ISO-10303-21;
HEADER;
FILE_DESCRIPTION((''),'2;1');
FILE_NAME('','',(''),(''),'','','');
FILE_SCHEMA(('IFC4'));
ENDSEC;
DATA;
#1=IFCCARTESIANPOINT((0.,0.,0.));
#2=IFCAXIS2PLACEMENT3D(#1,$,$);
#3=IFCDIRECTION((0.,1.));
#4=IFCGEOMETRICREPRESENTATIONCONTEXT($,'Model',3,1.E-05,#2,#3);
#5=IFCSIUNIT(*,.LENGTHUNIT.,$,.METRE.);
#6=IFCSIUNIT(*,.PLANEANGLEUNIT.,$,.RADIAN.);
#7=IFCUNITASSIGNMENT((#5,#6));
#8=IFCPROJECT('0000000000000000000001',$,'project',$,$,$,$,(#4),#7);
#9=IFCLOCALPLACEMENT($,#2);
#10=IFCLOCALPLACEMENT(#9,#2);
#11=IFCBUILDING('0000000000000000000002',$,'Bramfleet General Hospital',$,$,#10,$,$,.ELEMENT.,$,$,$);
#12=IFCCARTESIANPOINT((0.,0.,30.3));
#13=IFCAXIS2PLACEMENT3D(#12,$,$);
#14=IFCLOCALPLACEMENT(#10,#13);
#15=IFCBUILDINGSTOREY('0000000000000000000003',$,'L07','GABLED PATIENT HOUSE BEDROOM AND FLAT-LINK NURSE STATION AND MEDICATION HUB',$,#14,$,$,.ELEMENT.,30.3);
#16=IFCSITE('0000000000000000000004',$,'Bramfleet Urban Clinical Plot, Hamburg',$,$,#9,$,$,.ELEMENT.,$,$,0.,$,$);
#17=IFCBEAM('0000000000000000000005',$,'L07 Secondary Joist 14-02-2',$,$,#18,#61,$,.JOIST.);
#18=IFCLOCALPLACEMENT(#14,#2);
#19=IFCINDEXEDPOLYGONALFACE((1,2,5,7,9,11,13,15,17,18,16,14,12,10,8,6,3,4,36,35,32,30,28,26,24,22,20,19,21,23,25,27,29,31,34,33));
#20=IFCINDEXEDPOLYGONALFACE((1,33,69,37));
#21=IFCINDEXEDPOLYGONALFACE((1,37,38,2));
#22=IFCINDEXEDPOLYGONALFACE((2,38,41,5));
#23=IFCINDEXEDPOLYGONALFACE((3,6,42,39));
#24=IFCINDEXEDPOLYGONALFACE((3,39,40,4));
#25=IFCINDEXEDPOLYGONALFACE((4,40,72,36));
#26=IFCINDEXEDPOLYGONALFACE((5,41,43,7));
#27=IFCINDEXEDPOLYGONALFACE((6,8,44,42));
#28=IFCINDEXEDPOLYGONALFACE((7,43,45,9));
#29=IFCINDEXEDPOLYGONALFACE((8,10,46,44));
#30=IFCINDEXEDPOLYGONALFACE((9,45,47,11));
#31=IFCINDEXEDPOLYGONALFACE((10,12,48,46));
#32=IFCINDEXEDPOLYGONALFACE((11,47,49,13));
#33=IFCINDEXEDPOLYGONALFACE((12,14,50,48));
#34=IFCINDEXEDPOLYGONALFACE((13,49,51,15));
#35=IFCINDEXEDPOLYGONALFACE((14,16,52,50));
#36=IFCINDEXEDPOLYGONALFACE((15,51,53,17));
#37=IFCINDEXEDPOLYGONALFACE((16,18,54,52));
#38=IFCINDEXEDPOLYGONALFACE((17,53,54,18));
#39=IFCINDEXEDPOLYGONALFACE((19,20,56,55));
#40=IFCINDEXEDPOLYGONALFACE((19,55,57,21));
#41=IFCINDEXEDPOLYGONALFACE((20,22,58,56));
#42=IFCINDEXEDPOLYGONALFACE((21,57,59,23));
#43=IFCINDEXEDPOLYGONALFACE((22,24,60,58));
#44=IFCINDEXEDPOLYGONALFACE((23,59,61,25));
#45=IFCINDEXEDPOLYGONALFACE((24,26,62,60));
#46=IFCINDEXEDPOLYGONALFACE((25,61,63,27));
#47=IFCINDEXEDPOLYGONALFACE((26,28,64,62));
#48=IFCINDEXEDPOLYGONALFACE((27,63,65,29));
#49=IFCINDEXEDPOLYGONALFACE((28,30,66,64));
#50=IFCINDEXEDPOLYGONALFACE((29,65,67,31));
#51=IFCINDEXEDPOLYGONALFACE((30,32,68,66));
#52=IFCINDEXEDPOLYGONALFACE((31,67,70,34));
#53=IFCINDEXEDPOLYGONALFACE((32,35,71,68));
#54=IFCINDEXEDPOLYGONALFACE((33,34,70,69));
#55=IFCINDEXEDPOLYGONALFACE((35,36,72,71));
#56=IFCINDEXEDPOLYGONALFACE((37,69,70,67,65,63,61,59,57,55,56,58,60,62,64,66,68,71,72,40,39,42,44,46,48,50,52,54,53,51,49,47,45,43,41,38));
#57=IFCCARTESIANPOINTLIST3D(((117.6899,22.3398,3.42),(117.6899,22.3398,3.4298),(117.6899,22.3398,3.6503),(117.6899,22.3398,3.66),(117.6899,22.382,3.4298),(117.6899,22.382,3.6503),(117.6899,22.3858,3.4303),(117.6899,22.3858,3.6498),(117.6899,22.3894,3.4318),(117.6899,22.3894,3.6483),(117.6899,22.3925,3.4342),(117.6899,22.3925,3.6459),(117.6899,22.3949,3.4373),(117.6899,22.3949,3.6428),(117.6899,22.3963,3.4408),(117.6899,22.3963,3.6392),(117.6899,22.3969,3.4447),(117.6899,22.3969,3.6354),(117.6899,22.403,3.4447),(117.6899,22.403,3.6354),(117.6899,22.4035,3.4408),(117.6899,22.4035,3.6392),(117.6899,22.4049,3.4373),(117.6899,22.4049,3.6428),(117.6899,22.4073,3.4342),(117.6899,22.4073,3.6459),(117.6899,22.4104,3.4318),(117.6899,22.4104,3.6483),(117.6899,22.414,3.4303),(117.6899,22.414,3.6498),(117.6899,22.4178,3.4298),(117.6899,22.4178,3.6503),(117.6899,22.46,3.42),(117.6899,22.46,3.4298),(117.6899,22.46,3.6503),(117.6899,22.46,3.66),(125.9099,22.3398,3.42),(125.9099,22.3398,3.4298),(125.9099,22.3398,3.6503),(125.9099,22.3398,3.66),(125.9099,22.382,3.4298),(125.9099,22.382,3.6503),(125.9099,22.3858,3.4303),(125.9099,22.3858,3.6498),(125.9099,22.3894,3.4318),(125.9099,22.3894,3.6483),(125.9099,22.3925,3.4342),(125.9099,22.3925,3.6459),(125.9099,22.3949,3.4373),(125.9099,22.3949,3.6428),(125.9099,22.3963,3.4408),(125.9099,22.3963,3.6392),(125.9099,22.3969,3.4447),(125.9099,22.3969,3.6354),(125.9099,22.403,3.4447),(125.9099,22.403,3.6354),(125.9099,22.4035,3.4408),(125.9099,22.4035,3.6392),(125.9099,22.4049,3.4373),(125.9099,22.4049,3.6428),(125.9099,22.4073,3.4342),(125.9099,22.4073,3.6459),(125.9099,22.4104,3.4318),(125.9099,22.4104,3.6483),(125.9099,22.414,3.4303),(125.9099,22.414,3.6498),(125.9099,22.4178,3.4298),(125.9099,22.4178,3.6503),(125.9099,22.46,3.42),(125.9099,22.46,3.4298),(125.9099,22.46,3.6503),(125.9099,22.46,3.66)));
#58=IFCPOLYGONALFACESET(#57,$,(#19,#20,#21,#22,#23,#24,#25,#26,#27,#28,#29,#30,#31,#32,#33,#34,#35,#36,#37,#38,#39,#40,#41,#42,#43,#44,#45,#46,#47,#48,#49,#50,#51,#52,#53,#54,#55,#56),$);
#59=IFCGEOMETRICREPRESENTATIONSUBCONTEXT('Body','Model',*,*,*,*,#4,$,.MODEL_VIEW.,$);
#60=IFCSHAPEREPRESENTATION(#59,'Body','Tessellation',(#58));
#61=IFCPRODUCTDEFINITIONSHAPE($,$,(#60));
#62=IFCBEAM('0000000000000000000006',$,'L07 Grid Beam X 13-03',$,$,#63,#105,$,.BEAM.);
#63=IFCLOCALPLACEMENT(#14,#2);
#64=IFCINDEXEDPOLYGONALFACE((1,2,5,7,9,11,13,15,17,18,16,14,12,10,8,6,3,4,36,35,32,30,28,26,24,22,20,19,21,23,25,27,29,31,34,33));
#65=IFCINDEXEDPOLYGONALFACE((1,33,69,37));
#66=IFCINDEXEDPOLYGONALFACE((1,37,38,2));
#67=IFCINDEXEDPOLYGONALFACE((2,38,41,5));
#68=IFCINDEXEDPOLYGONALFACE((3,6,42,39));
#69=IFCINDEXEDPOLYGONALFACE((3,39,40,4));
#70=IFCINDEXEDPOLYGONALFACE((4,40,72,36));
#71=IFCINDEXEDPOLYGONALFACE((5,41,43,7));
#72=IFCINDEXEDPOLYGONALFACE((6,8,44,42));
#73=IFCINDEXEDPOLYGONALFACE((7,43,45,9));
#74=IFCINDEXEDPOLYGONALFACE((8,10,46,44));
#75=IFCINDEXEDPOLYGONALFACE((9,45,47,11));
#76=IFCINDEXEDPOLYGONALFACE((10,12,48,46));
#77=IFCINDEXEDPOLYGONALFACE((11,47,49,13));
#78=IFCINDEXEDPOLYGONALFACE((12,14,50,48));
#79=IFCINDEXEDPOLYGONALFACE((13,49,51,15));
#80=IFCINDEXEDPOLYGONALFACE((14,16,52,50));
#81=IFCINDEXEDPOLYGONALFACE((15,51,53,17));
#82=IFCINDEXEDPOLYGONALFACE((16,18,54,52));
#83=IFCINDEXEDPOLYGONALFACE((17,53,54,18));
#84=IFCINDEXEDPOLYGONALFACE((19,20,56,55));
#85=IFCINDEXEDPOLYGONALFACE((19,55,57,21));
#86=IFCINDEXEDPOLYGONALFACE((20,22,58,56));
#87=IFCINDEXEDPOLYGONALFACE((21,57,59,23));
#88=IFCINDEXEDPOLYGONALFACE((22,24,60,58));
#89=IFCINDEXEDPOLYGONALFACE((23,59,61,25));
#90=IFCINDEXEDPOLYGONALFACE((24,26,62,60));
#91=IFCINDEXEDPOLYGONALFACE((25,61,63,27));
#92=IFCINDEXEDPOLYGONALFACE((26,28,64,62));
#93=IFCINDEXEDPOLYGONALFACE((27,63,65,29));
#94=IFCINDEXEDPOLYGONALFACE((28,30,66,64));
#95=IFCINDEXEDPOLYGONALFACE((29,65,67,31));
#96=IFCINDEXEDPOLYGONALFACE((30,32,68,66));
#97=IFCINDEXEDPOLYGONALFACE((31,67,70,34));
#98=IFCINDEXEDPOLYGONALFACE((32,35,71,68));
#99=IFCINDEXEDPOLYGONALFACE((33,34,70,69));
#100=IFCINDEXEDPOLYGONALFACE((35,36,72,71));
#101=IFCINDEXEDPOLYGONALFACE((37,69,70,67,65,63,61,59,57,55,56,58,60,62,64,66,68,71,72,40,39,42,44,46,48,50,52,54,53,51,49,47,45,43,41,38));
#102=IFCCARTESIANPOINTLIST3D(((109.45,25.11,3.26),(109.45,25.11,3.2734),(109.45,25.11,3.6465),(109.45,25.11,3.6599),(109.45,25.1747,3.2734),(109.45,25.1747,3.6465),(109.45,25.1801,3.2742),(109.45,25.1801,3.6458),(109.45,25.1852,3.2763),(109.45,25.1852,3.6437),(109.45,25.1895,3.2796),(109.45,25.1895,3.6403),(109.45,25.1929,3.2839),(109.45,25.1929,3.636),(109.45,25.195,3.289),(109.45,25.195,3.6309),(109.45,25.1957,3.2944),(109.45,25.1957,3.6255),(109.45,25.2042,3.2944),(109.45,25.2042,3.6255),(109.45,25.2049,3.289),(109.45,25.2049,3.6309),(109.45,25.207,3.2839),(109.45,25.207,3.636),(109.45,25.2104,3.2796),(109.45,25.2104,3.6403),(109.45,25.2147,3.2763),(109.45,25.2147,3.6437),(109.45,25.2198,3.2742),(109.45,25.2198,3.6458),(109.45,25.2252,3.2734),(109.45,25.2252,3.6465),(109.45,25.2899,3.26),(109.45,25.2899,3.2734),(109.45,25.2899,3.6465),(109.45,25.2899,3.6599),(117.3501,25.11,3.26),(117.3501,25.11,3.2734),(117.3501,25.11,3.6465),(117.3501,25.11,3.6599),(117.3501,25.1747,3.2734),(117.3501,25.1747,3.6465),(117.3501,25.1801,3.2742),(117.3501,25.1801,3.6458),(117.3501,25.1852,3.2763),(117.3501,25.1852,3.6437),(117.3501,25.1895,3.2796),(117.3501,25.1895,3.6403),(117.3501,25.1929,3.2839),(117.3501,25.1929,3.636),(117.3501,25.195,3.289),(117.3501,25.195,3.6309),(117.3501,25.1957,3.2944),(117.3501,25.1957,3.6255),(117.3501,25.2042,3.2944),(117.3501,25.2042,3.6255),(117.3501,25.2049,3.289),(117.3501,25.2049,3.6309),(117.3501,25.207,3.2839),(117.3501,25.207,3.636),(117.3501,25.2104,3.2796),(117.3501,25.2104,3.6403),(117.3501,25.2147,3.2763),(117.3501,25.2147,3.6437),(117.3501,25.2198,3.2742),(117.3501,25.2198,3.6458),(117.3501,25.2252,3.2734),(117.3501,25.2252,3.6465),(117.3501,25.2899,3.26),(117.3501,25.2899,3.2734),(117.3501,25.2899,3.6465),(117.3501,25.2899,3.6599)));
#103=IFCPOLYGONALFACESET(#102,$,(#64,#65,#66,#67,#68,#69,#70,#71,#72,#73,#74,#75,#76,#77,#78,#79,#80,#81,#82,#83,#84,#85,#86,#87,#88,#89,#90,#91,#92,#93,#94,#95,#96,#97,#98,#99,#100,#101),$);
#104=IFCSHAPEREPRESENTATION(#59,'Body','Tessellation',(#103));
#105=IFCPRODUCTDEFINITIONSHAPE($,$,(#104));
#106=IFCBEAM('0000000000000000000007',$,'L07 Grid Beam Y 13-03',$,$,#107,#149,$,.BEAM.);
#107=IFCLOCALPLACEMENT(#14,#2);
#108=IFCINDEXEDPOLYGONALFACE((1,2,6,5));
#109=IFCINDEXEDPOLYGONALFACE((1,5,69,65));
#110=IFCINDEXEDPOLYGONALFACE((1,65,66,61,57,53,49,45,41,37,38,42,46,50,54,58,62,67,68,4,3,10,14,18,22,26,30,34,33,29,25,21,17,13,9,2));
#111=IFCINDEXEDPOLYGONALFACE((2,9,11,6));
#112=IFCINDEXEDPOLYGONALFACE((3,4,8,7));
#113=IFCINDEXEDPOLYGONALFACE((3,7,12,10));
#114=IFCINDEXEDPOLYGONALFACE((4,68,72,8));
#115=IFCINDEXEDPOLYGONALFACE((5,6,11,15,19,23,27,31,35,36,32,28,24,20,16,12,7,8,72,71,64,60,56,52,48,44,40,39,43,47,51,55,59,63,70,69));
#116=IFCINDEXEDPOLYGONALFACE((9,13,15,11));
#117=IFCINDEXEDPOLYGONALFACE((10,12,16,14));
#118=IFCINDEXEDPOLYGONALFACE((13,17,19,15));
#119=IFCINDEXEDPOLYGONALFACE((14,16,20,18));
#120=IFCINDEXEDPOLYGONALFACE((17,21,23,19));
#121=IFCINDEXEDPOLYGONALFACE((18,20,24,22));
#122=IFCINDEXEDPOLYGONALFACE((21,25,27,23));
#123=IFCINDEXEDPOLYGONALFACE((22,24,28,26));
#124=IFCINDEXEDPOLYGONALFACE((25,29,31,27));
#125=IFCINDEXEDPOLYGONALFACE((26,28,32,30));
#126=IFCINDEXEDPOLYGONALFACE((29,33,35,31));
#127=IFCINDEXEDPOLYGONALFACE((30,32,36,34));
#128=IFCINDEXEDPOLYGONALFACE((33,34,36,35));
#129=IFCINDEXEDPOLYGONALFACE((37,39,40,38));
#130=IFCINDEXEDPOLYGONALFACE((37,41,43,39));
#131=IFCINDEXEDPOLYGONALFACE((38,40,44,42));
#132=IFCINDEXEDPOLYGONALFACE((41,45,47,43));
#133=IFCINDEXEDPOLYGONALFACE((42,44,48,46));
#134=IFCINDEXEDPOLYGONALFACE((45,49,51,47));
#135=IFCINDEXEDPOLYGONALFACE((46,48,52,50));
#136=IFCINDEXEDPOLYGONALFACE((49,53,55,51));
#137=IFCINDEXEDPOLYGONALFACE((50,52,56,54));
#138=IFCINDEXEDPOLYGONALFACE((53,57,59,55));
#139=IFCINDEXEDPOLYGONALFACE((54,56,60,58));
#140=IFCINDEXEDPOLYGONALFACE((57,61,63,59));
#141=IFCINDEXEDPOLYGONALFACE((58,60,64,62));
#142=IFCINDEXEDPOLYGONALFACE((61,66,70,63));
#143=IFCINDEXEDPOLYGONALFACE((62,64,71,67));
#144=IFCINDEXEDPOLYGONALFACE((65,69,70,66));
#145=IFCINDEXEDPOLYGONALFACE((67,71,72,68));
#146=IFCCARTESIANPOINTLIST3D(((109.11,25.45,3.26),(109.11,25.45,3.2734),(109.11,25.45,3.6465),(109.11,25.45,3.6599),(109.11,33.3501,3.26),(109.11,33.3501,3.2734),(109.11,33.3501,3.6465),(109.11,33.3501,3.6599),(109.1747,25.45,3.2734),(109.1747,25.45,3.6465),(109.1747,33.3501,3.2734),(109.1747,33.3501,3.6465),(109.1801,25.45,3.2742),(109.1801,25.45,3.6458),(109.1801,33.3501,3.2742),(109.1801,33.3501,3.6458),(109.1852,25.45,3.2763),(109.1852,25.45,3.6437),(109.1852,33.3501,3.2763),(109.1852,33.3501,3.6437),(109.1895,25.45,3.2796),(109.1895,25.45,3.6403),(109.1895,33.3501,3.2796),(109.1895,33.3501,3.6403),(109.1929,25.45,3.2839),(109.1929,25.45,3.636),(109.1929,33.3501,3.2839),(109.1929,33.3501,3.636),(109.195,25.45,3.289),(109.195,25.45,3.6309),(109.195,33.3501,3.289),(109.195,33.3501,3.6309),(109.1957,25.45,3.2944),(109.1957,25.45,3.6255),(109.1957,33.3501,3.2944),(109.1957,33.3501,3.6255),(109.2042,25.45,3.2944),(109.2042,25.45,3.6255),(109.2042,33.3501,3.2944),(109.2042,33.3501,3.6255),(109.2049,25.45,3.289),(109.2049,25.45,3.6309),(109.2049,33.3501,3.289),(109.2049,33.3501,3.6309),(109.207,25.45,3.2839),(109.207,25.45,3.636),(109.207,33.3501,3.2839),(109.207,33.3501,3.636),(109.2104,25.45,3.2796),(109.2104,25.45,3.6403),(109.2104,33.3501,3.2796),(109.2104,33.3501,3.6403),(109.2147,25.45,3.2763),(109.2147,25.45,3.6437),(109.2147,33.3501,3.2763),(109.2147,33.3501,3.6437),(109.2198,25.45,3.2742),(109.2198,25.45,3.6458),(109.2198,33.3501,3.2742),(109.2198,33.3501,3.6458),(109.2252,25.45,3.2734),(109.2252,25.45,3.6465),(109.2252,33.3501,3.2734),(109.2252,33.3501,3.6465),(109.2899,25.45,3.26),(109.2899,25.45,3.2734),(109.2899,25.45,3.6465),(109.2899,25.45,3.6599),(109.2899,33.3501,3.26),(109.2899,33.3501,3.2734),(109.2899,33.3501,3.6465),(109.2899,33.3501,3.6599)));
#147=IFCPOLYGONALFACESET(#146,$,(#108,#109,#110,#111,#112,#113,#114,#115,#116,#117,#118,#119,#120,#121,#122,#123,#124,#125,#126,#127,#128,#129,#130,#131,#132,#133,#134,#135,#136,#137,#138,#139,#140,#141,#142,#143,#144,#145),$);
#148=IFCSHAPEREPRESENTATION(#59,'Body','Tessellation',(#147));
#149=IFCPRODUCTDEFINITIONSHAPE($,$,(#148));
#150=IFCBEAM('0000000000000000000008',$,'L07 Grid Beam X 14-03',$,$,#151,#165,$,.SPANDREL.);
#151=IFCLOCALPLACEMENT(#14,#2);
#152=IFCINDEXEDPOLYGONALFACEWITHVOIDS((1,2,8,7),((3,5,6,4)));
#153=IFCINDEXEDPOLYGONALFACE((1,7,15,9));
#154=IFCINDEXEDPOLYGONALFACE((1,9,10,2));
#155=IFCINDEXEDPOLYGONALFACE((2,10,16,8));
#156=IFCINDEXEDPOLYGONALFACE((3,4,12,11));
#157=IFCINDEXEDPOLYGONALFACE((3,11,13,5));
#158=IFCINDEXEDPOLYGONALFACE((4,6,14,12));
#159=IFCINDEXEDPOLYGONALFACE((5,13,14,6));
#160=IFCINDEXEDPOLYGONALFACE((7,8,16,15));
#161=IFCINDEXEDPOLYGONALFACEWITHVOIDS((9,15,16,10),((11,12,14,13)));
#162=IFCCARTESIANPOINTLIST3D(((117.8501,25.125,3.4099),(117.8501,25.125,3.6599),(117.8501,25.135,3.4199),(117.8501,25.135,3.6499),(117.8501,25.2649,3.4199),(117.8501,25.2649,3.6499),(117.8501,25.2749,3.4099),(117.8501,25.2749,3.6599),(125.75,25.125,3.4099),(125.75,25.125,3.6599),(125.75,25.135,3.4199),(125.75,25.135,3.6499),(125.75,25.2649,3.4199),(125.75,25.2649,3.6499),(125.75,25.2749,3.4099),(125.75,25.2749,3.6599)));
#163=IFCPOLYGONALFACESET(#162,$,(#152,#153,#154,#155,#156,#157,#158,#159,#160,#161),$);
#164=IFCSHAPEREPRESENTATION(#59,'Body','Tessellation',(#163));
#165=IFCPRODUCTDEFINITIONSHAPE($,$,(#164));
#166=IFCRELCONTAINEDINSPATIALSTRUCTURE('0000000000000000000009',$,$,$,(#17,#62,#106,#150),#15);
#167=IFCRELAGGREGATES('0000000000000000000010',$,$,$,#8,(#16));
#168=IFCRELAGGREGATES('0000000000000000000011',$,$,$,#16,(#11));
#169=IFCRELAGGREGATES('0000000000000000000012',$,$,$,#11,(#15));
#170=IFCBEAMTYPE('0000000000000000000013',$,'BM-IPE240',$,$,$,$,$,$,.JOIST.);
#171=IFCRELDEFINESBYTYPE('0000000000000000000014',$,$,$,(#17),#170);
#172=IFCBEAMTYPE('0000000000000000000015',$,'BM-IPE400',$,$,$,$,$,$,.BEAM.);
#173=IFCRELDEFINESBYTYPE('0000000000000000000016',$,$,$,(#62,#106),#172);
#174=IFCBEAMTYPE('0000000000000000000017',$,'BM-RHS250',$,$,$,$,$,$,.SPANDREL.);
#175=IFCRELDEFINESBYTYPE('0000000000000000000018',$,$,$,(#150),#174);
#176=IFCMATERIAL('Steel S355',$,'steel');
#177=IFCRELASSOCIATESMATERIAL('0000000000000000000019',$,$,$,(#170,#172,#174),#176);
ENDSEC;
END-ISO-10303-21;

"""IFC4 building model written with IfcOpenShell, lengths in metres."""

from ifc_helpers import new_model, si_unit, direction, frame, origin, origin_2d, place, context, subcontext, project, spatial, hollow_rectangle, i_section, extrude, material, material_profile, profile_set, type_object, element, save


model = new_model("IFC4")

# Units and contexts
model_context = context("Model", 3, precision=1e-05, world=origin(), true_north=direction((0.0, 1.0)))
body_context = subcontext(model_context, "Body", "Model", "MODEL_VIEW")
ifc_project = project(units=[si_unit("LENGTHUNIT", "METRE"), si_unit("PLANEANGLEUNIT", "RADIAN")], contexts=[model_context])

# Site, building, storey
site_placement = place(None, origin())
site = spatial("IfcSite", under=ifc_project, at=site_placement, Name="Bramfleet Urban Clinical Plot, Hamburg", CompositionType="ELEMENT", RefElevation=0.0)
building_placement = place(site_placement, origin())
building = spatial("IfcBuilding", under=site, at=building_placement, Name="Bramfleet General Hospital", CompositionType="ELEMENT")
storey_placement = place(building_placement, frame((0.0, 0.0, 30.3)))
storey = spatial("IfcBuildingStorey", under=building, at=storey_placement, Name="L07", Description="GABLED PATIENT HOUSE BEDROOM AND FLAT-LINK NURSE STATION AND MEDICATION HUB", CompositionType="ELEMENT", Elevation=30.3)

# Beams
ifc_material_1 = material(Name="Steel S355", Category="steel")
ifc_material_profile_1 = material_profile(ifc_material_1, i_section(OverallWidth=0.1201, OverallDepth=0.24, WebThickness=0.0061, FlangeThickness=0.0098, FilletRadius=0.0149, at=origin_2d()), Name="IPE 240")
ifc_profile_set_1 = profile_set([ifc_material_profile_1], Name="Steel S355")
beam_type_1 = type_object("IfcBeamType", Name="BM-IPE240", PredefinedType="JOIST", material=ifc_profile_set_1)
beam_1_placement = place(storey_placement, frame((117.6899, 22.3999, 3.54), z_axis=(1.0, 0.0, 0.0), x_axis=(0.0, 1.0, 0.0)))
element("IfcBeam", 1, at=beam_1_placement, inside=storey, type_object=beam_type_1, Name="L07 Secondary Joist 14-02-2", PredefinedType="JOIST", context=body_context, shape_type="SweptSolid", body=[
    extrude(i_section(OverallWidth=0.1201, OverallDepth=0.24, WebThickness=0.0061, FlangeThickness=0.0098, FilletRadius=0.0149, at=origin_2d()), origin(), (0.0, 0.0, 1.0), 8.22),
])
ifc_material_profile_2 = material_profile(ifc_material_1, i_section(OverallWidth=0.1799, OverallDepth=0.3999, WebThickness=0.0085, FlangeThickness=0.0134, FilletRadius=0.021, at=origin_2d()), Name="IPE 400")
ifc_profile_set_2 = profile_set([ifc_material_profile_2], Name="Steel S355")
beam_type_2 = type_object("IfcBeamType", Name="BM-IPE400", PredefinedType="BEAM", material=ifc_profile_set_2)
for number, where, z_axis, x_axis, name in (
    (2, (109.45, 25.2, 3.46), (1.0, 0.0, 0.0), (0.0, 1.0, 0.0), "L07 Grid Beam X 13-03"),
    (3, (109.2, 25.45, 3.46), (0.0, 1.0, 0.0), (-1.0, 0.0, 0.0), "L07 Grid Beam Y 13-03"),
):
    element("IfcBeam", number, at=place(storey_placement, frame(where, z_axis=z_axis, x_axis=x_axis)), inside=storey, type_object=beam_type_2, Name=name, PredefinedType="BEAM", context=body_context, shape_type="SweptSolid", body=[
        extrude(i_section(OverallWidth=0.1799, OverallDepth=0.3999, WebThickness=0.0085, FlangeThickness=0.0134, FilletRadius=0.021, at=origin_2d()), origin(), (0.0, 0.0, 1.0), 7.9001),
    ])
ifc_material_profile_3 = material_profile(ifc_material_1, hollow_rectangle(XDim=0.1499, YDim=0.25, WallThickness=0.01, at=origin_2d()), Name="RHS 250x150x10.0")
ifc_profile_set_3 = profile_set([ifc_material_profile_3], Name="Steel S355")
beam_type_3 = type_object("IfcBeamType", Name="BM-RHS250", PredefinedType="SPANDREL", material=ifc_profile_set_3)
beam_2_placement = place(storey_placement, frame((117.8501, 25.2, 3.5349), z_axis=(1.0, 0.0, 0.0), x_axis=(0.0, 1.0, 0.0)))
element("IfcBeam", 4, at=beam_2_placement, inside=storey, type_object=beam_type_3, Name="L07 Grid Beam X 14-03", PredefinedType="SPANDREL", context=body_context, shape_type="SweptSolid", body=[
    extrude(hollow_rectangle(XDim=0.1499, YDim=0.25, WallThickness=0.01, at=origin_2d()), origin(), (0.0, 0.0, 1.0), 7.8999),
])

save(model, "model.ifc")
